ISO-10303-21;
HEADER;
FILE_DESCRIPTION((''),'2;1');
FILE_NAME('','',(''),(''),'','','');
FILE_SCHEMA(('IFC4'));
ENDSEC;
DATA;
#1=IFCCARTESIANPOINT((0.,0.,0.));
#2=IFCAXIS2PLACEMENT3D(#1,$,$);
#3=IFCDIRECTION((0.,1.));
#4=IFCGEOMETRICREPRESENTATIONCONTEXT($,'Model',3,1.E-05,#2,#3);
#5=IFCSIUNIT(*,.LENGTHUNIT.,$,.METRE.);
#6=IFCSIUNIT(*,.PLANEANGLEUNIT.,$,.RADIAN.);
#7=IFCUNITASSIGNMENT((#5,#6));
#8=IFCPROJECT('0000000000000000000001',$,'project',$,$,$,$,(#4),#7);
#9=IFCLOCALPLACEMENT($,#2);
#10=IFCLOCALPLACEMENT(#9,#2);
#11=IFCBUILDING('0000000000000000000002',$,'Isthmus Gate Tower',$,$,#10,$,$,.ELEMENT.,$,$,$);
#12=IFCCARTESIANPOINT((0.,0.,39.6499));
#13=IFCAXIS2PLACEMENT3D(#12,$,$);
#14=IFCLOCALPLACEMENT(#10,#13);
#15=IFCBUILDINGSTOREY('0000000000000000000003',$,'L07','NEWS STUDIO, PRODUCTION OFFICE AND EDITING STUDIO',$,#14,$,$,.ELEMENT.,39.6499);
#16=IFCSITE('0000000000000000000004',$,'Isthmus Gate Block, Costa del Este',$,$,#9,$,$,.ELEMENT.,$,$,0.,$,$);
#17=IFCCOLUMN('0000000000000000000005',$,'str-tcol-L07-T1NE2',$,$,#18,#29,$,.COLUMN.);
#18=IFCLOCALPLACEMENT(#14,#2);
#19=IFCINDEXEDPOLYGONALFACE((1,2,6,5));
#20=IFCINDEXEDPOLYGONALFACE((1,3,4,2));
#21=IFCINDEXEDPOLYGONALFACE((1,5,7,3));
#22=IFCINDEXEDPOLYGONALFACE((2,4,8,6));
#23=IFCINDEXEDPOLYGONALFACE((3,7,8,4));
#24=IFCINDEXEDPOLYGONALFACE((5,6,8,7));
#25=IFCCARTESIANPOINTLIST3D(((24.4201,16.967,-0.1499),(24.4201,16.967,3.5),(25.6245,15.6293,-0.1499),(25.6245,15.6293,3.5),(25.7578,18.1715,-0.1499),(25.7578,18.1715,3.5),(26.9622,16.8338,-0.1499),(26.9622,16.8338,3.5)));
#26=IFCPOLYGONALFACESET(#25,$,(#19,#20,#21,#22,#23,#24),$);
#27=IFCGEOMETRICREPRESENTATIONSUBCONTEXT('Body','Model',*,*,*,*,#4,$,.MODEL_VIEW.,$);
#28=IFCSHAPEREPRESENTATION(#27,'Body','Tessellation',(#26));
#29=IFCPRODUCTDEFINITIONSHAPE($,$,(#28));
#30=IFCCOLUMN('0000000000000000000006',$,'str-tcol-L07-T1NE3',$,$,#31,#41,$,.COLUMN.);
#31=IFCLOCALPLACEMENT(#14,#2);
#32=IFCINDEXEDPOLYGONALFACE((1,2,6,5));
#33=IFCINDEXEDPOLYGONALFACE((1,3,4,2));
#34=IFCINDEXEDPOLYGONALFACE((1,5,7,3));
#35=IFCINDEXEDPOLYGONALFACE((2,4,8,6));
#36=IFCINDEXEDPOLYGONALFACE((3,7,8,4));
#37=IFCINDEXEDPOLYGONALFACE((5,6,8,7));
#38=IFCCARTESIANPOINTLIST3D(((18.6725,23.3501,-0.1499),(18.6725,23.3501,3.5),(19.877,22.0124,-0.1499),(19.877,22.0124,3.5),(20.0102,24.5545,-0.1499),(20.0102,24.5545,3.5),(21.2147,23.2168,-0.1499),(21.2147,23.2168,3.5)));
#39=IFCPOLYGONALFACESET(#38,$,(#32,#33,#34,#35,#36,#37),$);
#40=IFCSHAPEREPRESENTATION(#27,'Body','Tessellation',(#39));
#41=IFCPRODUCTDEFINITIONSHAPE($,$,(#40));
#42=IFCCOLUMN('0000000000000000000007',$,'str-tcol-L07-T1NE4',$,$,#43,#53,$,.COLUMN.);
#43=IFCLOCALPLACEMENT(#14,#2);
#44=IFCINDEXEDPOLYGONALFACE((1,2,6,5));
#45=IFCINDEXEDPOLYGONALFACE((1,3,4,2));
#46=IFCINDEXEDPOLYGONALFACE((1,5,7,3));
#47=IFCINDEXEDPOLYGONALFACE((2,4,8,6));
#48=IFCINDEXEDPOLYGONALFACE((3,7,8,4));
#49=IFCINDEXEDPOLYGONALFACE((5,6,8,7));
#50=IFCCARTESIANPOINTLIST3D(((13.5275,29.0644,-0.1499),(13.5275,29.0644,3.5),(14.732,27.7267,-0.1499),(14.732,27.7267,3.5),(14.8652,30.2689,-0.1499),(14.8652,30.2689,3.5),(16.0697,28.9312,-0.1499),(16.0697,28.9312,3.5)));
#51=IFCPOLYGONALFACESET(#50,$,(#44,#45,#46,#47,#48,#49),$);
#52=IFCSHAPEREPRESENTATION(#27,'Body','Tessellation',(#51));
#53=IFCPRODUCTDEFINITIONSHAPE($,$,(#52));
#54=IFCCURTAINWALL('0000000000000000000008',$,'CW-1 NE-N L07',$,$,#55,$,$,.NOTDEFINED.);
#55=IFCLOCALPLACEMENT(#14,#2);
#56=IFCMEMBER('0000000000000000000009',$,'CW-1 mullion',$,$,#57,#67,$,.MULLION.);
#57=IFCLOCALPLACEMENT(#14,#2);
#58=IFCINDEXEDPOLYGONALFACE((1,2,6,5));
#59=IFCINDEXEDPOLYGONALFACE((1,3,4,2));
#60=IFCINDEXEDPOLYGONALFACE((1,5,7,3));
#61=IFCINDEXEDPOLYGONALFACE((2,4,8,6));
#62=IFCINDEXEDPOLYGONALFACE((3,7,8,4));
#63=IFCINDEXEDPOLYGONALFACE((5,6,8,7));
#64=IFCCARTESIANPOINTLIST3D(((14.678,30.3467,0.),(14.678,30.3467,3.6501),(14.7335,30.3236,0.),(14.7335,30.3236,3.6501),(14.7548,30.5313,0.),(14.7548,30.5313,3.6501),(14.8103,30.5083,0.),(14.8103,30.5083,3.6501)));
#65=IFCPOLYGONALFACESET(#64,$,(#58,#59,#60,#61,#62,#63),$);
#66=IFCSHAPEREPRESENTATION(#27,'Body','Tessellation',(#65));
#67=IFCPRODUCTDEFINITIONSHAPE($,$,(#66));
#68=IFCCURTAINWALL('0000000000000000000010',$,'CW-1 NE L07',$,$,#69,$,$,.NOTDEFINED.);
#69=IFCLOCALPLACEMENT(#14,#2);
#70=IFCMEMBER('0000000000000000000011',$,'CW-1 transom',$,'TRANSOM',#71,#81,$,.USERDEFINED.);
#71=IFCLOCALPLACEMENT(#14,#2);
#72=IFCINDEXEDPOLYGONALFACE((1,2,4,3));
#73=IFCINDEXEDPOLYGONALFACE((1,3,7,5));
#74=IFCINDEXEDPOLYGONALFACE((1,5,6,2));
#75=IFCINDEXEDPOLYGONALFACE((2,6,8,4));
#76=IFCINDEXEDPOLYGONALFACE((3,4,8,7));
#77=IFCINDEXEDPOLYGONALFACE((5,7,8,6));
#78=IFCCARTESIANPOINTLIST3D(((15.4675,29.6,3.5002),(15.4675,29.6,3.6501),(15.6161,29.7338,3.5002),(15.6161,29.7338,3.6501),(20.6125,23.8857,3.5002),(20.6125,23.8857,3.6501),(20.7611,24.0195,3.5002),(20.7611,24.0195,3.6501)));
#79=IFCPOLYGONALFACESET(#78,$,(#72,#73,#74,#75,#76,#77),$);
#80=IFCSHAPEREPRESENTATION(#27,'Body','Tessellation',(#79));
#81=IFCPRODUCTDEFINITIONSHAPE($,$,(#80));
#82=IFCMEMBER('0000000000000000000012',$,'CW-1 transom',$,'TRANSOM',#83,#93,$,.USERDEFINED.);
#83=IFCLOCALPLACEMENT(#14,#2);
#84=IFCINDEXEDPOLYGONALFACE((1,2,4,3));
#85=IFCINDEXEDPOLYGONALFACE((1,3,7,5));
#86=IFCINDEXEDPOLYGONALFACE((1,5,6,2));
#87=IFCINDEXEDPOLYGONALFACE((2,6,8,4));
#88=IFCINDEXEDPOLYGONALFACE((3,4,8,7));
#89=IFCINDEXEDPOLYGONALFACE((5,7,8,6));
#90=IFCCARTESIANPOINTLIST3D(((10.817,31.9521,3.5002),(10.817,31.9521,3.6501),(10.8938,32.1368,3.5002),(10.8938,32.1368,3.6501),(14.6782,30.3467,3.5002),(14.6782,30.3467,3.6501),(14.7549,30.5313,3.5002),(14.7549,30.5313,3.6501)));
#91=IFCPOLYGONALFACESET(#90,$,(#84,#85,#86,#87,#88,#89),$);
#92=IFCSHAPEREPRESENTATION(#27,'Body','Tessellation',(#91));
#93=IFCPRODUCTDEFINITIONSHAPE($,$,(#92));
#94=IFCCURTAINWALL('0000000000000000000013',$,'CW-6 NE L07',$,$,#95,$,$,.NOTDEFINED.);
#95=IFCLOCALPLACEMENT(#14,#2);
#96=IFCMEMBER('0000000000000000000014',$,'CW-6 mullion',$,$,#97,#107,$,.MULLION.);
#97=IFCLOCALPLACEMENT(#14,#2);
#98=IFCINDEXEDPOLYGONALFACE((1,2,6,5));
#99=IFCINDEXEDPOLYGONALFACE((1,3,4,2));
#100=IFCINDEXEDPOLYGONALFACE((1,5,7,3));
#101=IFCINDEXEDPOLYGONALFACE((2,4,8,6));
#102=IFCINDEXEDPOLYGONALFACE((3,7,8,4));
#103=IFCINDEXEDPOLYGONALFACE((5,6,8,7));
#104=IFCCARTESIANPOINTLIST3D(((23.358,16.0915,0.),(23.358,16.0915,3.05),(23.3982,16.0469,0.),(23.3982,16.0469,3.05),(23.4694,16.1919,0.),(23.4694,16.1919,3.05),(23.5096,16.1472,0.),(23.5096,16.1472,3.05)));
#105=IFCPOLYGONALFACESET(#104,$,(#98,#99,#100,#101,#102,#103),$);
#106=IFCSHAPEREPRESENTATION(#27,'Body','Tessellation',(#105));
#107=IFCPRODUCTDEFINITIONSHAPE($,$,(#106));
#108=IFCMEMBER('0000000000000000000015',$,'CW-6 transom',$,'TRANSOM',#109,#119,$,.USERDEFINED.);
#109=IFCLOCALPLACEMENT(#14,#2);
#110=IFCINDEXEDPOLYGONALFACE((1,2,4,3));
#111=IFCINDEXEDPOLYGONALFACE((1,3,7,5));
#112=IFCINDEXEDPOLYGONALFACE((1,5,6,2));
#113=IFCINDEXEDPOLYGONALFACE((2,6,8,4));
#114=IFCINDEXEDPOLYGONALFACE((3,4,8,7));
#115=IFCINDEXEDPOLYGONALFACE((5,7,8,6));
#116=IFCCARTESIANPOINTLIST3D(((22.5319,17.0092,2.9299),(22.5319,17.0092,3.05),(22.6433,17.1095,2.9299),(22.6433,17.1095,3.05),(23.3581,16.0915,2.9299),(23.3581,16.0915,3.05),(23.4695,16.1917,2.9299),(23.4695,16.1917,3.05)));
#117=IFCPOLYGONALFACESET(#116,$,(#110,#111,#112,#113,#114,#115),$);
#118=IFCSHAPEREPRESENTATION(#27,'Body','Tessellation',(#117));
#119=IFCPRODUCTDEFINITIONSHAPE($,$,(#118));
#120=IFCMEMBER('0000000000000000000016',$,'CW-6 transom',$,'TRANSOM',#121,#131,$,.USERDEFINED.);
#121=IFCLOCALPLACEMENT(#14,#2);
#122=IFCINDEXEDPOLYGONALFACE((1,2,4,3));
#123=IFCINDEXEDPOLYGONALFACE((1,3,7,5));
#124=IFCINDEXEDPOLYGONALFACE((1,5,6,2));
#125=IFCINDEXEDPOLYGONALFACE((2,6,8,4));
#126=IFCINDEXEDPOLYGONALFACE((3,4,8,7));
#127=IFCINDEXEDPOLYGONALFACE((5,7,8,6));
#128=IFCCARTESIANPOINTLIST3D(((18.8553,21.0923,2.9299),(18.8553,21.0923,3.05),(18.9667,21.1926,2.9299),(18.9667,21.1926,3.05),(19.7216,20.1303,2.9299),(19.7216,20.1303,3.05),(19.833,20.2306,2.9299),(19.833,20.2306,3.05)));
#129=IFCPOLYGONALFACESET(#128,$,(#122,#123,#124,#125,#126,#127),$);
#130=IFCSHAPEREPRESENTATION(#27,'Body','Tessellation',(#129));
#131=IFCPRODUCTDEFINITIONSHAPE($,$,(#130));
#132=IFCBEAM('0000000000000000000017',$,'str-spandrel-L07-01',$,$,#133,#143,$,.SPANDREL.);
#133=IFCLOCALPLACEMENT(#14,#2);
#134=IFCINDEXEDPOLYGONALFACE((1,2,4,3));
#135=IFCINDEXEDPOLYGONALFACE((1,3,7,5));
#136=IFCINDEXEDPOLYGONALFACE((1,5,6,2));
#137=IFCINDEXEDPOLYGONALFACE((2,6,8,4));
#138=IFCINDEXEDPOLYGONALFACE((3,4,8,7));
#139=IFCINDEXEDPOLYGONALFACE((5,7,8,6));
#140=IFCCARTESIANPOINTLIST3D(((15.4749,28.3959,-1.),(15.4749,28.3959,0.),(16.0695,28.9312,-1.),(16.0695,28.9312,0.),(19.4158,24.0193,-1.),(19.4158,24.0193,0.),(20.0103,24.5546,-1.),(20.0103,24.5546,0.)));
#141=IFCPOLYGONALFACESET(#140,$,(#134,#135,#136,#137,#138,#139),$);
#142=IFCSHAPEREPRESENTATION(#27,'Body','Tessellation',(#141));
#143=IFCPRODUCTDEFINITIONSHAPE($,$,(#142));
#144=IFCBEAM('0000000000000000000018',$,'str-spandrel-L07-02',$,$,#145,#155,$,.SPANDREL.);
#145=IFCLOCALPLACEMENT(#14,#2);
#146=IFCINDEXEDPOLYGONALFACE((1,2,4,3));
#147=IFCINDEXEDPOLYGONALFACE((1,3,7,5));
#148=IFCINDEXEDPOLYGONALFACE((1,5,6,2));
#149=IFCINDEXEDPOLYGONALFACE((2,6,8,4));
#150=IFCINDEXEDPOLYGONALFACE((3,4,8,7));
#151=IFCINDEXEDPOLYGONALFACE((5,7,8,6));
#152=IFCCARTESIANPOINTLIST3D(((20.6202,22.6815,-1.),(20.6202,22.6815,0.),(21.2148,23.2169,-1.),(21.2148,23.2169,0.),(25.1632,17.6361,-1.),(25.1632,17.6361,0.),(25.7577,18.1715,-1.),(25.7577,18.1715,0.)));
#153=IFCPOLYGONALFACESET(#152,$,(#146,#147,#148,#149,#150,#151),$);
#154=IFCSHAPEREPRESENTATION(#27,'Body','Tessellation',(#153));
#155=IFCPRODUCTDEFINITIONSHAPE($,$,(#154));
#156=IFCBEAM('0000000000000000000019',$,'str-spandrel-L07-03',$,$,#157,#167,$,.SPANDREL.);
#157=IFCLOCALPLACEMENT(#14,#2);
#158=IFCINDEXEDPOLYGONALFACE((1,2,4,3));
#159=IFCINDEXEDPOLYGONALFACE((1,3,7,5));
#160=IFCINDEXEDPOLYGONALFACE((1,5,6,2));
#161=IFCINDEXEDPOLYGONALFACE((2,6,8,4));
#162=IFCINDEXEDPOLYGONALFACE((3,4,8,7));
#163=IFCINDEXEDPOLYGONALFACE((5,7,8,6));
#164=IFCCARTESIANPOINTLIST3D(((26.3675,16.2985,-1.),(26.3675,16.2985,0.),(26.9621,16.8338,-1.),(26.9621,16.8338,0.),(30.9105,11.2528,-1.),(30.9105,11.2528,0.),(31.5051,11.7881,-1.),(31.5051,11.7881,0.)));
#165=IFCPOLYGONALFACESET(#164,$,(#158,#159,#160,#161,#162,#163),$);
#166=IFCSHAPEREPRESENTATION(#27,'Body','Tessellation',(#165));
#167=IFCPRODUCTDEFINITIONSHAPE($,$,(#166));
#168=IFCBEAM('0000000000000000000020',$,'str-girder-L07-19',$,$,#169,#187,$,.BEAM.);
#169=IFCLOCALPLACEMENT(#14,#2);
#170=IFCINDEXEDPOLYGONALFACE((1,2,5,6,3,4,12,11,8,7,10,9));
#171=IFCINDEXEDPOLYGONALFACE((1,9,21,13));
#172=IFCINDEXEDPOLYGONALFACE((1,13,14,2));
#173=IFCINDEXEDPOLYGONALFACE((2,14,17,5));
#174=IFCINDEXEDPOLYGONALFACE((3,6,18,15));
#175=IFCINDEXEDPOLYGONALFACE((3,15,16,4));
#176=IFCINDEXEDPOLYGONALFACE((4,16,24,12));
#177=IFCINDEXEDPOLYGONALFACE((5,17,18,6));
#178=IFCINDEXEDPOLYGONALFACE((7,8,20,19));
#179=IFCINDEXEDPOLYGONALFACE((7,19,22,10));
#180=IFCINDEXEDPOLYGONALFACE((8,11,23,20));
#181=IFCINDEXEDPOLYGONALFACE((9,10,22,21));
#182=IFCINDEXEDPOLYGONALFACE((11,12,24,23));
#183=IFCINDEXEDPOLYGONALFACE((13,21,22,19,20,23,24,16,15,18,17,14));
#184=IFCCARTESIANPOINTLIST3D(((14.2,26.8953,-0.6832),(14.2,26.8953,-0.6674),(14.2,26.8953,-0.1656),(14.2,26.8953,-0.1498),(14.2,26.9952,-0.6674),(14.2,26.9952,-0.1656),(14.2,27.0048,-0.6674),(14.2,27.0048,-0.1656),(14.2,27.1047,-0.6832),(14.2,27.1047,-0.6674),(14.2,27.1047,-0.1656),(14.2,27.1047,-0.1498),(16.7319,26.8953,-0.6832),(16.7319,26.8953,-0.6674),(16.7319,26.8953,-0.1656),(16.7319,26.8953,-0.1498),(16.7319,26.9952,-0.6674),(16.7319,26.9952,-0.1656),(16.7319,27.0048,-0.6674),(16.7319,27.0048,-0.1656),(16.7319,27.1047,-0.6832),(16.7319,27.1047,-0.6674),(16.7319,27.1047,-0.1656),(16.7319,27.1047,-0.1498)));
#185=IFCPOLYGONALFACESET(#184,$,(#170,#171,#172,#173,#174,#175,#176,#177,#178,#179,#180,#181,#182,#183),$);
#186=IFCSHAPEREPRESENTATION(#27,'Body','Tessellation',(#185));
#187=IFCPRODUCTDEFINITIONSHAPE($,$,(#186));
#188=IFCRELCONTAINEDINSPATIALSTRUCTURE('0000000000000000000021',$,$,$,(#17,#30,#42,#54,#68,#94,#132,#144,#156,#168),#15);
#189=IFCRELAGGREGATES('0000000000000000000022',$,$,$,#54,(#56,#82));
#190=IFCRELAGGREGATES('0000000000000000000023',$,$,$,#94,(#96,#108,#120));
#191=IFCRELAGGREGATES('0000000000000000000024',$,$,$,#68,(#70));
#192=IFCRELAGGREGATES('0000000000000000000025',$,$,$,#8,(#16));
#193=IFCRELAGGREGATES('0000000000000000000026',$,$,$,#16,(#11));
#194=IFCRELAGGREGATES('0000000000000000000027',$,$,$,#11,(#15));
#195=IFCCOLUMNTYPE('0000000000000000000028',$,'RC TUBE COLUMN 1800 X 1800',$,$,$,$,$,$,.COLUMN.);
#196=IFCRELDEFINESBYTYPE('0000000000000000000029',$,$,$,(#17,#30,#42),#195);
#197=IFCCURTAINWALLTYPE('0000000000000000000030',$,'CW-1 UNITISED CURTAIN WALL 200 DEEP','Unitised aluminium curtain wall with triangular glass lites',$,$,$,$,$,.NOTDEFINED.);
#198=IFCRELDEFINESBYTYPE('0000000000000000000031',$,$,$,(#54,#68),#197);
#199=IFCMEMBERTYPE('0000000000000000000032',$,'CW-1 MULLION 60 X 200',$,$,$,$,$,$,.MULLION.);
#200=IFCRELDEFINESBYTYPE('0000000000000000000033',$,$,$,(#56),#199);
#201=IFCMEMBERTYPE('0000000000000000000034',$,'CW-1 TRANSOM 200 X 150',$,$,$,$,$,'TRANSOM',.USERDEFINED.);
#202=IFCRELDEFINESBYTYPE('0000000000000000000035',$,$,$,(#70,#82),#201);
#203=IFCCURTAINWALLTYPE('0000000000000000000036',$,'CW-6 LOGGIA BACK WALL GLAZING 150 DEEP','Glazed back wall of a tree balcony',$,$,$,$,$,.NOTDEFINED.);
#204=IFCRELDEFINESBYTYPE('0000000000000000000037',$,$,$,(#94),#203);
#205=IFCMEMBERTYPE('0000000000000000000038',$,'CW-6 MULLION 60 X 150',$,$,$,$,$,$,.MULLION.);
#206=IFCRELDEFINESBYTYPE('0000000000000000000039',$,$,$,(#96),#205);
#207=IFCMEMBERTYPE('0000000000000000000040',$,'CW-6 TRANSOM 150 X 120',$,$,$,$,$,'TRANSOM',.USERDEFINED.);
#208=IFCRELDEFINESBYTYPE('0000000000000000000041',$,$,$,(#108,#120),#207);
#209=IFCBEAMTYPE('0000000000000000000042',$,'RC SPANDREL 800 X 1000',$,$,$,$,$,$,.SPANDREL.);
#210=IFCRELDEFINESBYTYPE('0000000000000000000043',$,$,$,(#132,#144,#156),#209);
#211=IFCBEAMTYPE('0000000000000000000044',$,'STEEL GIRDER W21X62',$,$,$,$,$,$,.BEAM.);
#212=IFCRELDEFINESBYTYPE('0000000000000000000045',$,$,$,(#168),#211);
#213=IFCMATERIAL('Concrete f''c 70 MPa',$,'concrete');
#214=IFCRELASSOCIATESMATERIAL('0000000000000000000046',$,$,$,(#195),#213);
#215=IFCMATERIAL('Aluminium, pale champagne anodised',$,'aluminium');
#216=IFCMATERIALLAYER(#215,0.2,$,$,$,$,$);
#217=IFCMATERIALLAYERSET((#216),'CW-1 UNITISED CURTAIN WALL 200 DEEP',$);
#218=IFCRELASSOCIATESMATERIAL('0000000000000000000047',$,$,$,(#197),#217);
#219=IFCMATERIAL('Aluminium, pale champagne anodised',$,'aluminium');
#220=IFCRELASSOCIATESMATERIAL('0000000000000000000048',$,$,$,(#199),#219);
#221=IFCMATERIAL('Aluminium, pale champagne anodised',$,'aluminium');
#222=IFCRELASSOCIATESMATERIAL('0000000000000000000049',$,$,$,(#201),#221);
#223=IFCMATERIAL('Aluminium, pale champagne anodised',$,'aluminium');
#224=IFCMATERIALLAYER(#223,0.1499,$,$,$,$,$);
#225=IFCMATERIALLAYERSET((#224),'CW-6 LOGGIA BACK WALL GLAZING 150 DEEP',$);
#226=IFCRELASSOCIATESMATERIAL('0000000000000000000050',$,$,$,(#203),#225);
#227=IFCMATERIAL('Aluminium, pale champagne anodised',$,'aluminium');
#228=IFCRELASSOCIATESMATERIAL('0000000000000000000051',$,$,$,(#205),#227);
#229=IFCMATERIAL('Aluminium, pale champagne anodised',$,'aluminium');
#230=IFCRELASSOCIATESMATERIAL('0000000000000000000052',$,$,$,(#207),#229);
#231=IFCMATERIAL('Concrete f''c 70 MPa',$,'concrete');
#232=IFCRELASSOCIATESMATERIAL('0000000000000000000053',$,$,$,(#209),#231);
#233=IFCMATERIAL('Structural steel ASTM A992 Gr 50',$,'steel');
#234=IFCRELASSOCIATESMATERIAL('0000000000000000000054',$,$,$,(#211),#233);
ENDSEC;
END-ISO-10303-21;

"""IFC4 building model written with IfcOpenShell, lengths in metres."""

from ifc_helpers import new_model, si_unit, direction, frame, origin, origin_2d, place, context, subcontext, project, spatial, rectangle, i_section, extrude, material, layer, layer_set, material_profile, profile_set, type_object, element, aggregate, save


model = new_model("IFC4")

# Units and contexts
model_context = context("Model", 3, precision=1e-05, world=origin(), true_north=direction((0.0, 1.0)))
body_context = subcontext(model_context, "Body", "Model", "MODEL_VIEW")
ifc_project = project(units=[si_unit("LENGTHUNIT", "METRE"), si_unit("PLANEANGLEUNIT", "RADIAN")], contexts=[model_context])

# Site, building, storey
site_placement = place(None, origin())
site = spatial("IfcSite", under=ifc_project, at=site_placement, Name="Isthmus Gate Block, Costa del Este", CompositionType="ELEMENT", RefElevation=0.0)
building_placement = place(site_placement, origin())
building = spatial("IfcBuilding", under=site, at=building_placement, Name="Isthmus Gate Tower", CompositionType="ELEMENT")
storey_placement = place(building_placement, frame((0.0, 0.0, 39.6499)))
storey = spatial("IfcBuildingStorey", under=building, at=storey_placement, Name="L07", Description="NEWS STUDIO, PRODUCTION OFFICE AND EDITING STUDIO", CompositionType="ELEMENT", Elevation=39.6499)

# Columns
ifc_material_1 = material(Name="Concrete f'c 70 MPa", Category="concrete")
ifc_material_profile_1 = material_profile(ifc_material_1, rectangle(XDim=1.8, YDim=1.8, at=origin_2d()), Name="RC 1800X1800")
ifc_profile_set_1 = profile_set([ifc_material_profile_1], Name="Concrete f'c 70 MPa")
column_type = type_object("IfcColumnType", Name="RC TUBE COLUMN 1800 X 1800", PredefinedType="COLUMN", material=ifc_profile_set_1)
for number, where, z_axis, x_axis, name in (
    (1, (25.6912, 16.9004, -0.1499), (0.0, 0.0, 1.0), (-0.669131, 0.743145, 0.0), "str-tcol-L07-T1NE2"),
    (2, (19.9436, 23.2834, -0.1499), (0.0, 0.0, 1.0), (-0.669131, 0.743145, 0.0), "str-tcol-L07-T1NE3"),
    (3, (14.7986, 28.9978, -0.1499), (0.0, 0.0, 1.0), (-0.669131, 0.743145, 0.0), "str-tcol-L07-T1NE4"),
):
    element("IfcColumn", number, at=place(storey_placement, frame(where, z_axis=z_axis, x_axis=x_axis)), inside=storey, type_object=column_type, Name=name, PredefinedType="COLUMN", context=body_context, shape_type="SweptSolid", body=[
        extrude(rectangle(XDim=1.8, YDim=1.8, at=origin_2d()), origin(), (0.0, 0.0, 1.0), 3.6499),
    ])

# Curtain walls, members
ifc_material_2 = material(Name="Aluminium, pale champagne anodised", Category="aluminium")
ifc_layer_1 = layer(ifc_material_2, 0.2)
ifc_layer_set_1 = layer_set([ifc_layer_1], Name="CW-1 UNITISED CURTAIN WALL 200 DEEP")
curtain_wall_type_1 = type_object("IfcCurtainWallType", Name="CW-1 UNITISED CURTAIN WALL 200 DEEP", Description="Unitised aluminium curtain wall with triangular glass lites", PredefinedType="NOTDEFINED", material=ifc_layer_set_1)
curtain_wall_1_placement = place(storey_placement, origin())
curtain_wall_1 = element("IfcCurtainWall", 4, at=curtain_wall_1_placement, inside=storey, type_object=curtain_wall_type_1, Name="CW-1 NE-N L07", PredefinedType="NOTDEFINED")
ifc_material_3 = material(Name="Aluminium, pale champagne anodised", Category="aluminium")
ifc_material_profile_2 = material_profile(ifc_material_3, rectangle(XDim=0.0601, YDim=0.2, at=origin_2d()), Name="60x200")
ifc_profile_set_2 = profile_set([ifc_material_profile_2], Name="Aluminium, pale champagne anodised")
member_type_1 = type_object("IfcMemberType", Name="CW-1 MULLION 60 X 200", PredefinedType="MULLION", material=ifc_profile_set_2)
member_1_placement = place(storey_placement, frame((14.7441, 30.4275, 0.0), z_axis=(0.0, 0.0, 1.0), x_axis=(-0.923353, 0.383952, 0.0)))
member_1 = element("IfcMember", 5, at=member_1_placement, type_object=member_type_1, Name="CW-1 mullion", PredefinedType="MULLION", context=body_context, shape_type="SweptSolid", body=[
    extrude(rectangle(XDim=0.0601, YDim=0.2, at=origin_2d()), origin(), (0.0, 0.0, 1.0), 3.6501),
])
curtain_wall_2_placement = place(storey_placement, origin())
curtain_wall_2 = element("IfcCurtainWall", 6, at=curtain_wall_2_placement, inside=storey, type_object=curtain_wall_type_1, Name="CW-1 NE L07", PredefinedType="NOTDEFINED")
ifc_material_4 = material(Name="Aluminium, pale champagne anodised", Category="aluminium")
ifc_material_profile_3 = material_profile(ifc_material_4, rectangle(XDim=0.2, YDim=0.1499, at=origin_2d()), Name="200x150")
ifc_profile_set_3 = profile_set([ifc_material_profile_3], Name="Aluminium, pale champagne anodised")
member_type_2 = type_object("IfcMemberType", Name="CW-1 TRANSOM 200 X 150", ElementType="TRANSOM", PredefinedType="USERDEFINED", material=ifc_profile_set_3)
member_2_placement = place(storey_placement, frame((20.6868, 23.9526, 3.5752), z_axis=(-0.669116, 0.743158, 0.0), x_axis=(-0.743158, -0.669116, 0.0)))
member_2 = element("IfcMember", 7, at=member_2_placement, type_object=member_type_2, Name="CW-1 transom", ObjectType="TRANSOM", PredefinedType="USERDEFINED", context=body_context, shape_type="SweptSolid", body=[
    extrude(rectangle(XDim=0.2, YDim=0.1499, at=origin_2d()), origin(), (0.0, 0.0, 1.0), 7.6892),
])

# Member
member_3_placement = place(storey_placement, frame((14.7166, 30.439, 3.5752), z_axis=(-0.923358, 0.38394, 0.0), x_axis=(-0.38394, -0.923358, 0.0)))
member_3 = element("IfcMember", 8, at=member_3_placement, type_object=member_type_2, Name="CW-1 transom", ObjectType="TRANSOM", PredefinedType="USERDEFINED", context=body_context, shape_type="SweptSolid", body=[
    extrude(rectangle(XDim=0.2, YDim=0.1499, at=origin_2d()), origin(), (0.0, 0.0, 1.0), 4.1816),
])
aggregate(curtain_wall_1, [member_1, member_3])

# Curtain wall, members
ifc_material_5 = material(Name="Aluminium, pale champagne anodised", Category="aluminium")
ifc_layer_2 = layer(ifc_material_5, 0.1499)
ifc_layer_set_2 = layer_set([ifc_layer_2], Name="CW-6 LOGGIA BACK WALL GLAZING 150 DEEP")
curtain_wall_type_2 = type_object("IfcCurtainWallType", Name="CW-6 LOGGIA BACK WALL GLAZING 150 DEEP", Description="Glazed back wall of a tree balcony", PredefinedType="NOTDEFINED", material=ifc_layer_set_2)
curtain_wall_3_placement = place(storey_placement, origin())
curtain_wall_3 = element("IfcCurtainWall", 9, at=curtain_wall_3_placement, inside=storey, type_object=curtain_wall_type_2, Name="CW-6 NE L07", PredefinedType="NOTDEFINED")
ifc_material_6 = material(Name="Aluminium, pale champagne anodised", Category="aluminium")
ifc_material_profile_4 = material_profile(ifc_material_6, rectangle(XDim=0.0601, YDim=0.1499, at=origin_2d()), Name="60x150")
ifc_profile_set_4 = profile_set([ifc_material_profile_4], Name="Aluminium, pale champagne anodised")
member_type_3 = type_object("IfcMemberType", Name="CW-6 MULLION 60 X 150", PredefinedType="MULLION", material=ifc_profile_set_4)
member_4_placement = place(storey_placement, frame((23.4338, 16.1194, 0.0), z_axis=(0.0, 0.0, 1.0), x_axis=(-0.669131, 0.743145, 0.0)))
member_4 = element("IfcMember", 10, at=member_4_placement, type_object=member_type_3, Name="CW-6 mullion", PredefinedType="MULLION", context=body_context, shape_type="SweptSolid", body=[
    extrude(rectangle(XDim=0.0601, YDim=0.1499, at=origin_2d()), origin(), (0.0, 0.0, 1.0), 3.05),
])
ifc_material_7 = material(Name="Aluminium, pale champagne anodised", Category="aluminium")
ifc_material_profile_5 = material_profile(ifc_material_7, rectangle(XDim=0.1499, YDim=0.1201, at=origin_2d()), Name="150x120")
ifc_profile_set_5 = profile_set([ifc_material_profile_5], Name="Aluminium, pale champagne anodised")
member_type_4 = type_object("IfcMemberType", Name="CW-6 TRANSOM 150 X 120", ElementType="TRANSOM", PredefinedType="USERDEFINED", material=ifc_profile_set_5)
member_5_placement = place(storey_placement, frame((23.4138, 16.1416, 2.99), z_axis=(-0.669063, 0.743206, 0.0), x_axis=(-0.743206, -0.669063, 0.0)))
member_5 = element("IfcMember", 11, at=member_5_placement, type_object=member_type_4, Name="CW-6 transom", ObjectType="TRANSOM", PredefinedType="USERDEFINED", context=body_context, shape_type="SweptSolid", body=[
    extrude(rectangle(XDim=0.1499, YDim=0.1201, at=origin_2d()), origin(), (0.0, 0.0, 1.0), 1.2349),
])
member_6_placement = place(storey_placement, frame((19.7773, 20.1804, 2.99), z_axis=(-0.669183, 0.743097, 0.0), x_axis=(-0.743097, -0.669183, 0.0)))
member_6 = element("IfcMember", 12, at=member_6_placement, type_object=member_type_4, Name="CW-6 transom", ObjectType="TRANSOM", PredefinedType="USERDEFINED", context=body_context, shape_type="SweptSolid", body=[
    extrude(rectangle(XDim=0.1499, YDim=0.1201, at=origin_2d()), origin(), (0.0, 0.0, 1.0), 1.2947),
])

# Beams
ifc_material_8 = material(Name="Concrete f'c 70 MPa", Category="concrete")
ifc_material_profile_6 = material_profile(ifc_material_8, rectangle(XDim=0.8, YDim=1.0, at=origin_2d()), Name="RC 800X1000")
ifc_profile_set_6 = profile_set([ifc_material_profile_6], Name="Concrete f'c 70 MPa")
beam_type_1 = type_object("IfcBeamType", Name="RC SPANDREL 800 X 1000", PredefinedType="SPANDREL", material=ifc_profile_set_6)
beam_1_placement = place(storey_placement, frame((15.7722, 28.6636, -0.5), z_axis=(0.669141, -0.743135, 0.0), x_axis=(0.743135, 0.669141, 0.0)))
element("IfcBeam", 13, at=beam_1_placement, inside=storey, type_object=beam_type_1, Name="str-spandrel-L07-01", PredefinedType="SPANDREL", context=body_context, shape_type="SweptSolid", body=[
    extrude(rectangle(XDim=0.8, YDim=1.0, at=origin_2d()), origin(), (0.0, 0.0, 1.0), 5.8894),
])
beam_2_placement = place(storey_placement, frame((20.9175, 22.9492, -0.5), z_axis=(0.669136, -0.74314, 0.0), x_axis=(0.74314, 0.669136, 0.0)))
element("IfcBeam", 14, at=beam_2_placement, inside=storey, type_object=beam_type_1, Name="str-spandrel-L07-02", PredefinedType="SPANDREL", context=body_context, shape_type="SweptSolid", body=[
    extrude(rectangle(XDim=0.8, YDim=1.0, at=origin_2d()), origin(), (0.0, 0.0, 1.0), 6.7893),
])
beam_3_placement = place(storey_placement, frame((26.6648, 16.5662, -0.5), z_axis=(0.669118, -0.743156, 0.0), x_axis=(0.743156, 0.669118, 0.0)))
element("IfcBeam", 15, at=beam_3_placement, inside=storey, type_object=beam_type_1, Name="str-spandrel-L07-03", PredefinedType="SPANDREL", context=body_context, shape_type="SweptSolid", body=[
    extrude(rectangle(XDim=0.8, YDim=1.0, at=origin_2d()), origin(), (0.0, 0.0, 1.0), 6.7896),
])
ifc_material_9 = material(Name="Structural steel ASTM A992 Gr 50", Category="steel")
ifc_material_profile_7 = material_profile(ifc_material_9, i_section(OverallWidth=0.2095, OverallDepth=0.5334, WebThickness=0.0095, FlangeThickness=0.0159, at=origin_2d()), Name="W21X62")
ifc_profile_set_7 = profile_set([ifc_material_profile_7], Name="Structural steel ASTM A992 Gr 50")
beam_type_2 = type_object("IfcBeamType", Name="STEEL GIRDER W21X62", PredefinedType="BEAM", material=ifc_profile_set_7)
beam_4_placement = place(storey_placement, frame((14.2, 27.0, -0.4165), z_axis=(1.0, 0.0, 0.0), x_axis=(0.0, 1.0, 0.0)))
element("IfcBeam", 16, at=beam_4_placement, inside=storey, type_object=beam_type_2, Name="str-girder-L07-19", PredefinedType="BEAM", context=body_context, shape_type="SweptSolid", body=[
    extrude(i_section(OverallWidth=0.2095, OverallDepth=0.5334, WebThickness=0.0095, FlangeThickness=0.0159, at=origin_2d()), origin(), (0.0, 0.0, 1.0), 2.532),
])

aggregate(curtain_wall_3, [member_4, member_5, member_6])

aggregate(curtain_wall_2, [member_2])

save(model, "model.ifc")
